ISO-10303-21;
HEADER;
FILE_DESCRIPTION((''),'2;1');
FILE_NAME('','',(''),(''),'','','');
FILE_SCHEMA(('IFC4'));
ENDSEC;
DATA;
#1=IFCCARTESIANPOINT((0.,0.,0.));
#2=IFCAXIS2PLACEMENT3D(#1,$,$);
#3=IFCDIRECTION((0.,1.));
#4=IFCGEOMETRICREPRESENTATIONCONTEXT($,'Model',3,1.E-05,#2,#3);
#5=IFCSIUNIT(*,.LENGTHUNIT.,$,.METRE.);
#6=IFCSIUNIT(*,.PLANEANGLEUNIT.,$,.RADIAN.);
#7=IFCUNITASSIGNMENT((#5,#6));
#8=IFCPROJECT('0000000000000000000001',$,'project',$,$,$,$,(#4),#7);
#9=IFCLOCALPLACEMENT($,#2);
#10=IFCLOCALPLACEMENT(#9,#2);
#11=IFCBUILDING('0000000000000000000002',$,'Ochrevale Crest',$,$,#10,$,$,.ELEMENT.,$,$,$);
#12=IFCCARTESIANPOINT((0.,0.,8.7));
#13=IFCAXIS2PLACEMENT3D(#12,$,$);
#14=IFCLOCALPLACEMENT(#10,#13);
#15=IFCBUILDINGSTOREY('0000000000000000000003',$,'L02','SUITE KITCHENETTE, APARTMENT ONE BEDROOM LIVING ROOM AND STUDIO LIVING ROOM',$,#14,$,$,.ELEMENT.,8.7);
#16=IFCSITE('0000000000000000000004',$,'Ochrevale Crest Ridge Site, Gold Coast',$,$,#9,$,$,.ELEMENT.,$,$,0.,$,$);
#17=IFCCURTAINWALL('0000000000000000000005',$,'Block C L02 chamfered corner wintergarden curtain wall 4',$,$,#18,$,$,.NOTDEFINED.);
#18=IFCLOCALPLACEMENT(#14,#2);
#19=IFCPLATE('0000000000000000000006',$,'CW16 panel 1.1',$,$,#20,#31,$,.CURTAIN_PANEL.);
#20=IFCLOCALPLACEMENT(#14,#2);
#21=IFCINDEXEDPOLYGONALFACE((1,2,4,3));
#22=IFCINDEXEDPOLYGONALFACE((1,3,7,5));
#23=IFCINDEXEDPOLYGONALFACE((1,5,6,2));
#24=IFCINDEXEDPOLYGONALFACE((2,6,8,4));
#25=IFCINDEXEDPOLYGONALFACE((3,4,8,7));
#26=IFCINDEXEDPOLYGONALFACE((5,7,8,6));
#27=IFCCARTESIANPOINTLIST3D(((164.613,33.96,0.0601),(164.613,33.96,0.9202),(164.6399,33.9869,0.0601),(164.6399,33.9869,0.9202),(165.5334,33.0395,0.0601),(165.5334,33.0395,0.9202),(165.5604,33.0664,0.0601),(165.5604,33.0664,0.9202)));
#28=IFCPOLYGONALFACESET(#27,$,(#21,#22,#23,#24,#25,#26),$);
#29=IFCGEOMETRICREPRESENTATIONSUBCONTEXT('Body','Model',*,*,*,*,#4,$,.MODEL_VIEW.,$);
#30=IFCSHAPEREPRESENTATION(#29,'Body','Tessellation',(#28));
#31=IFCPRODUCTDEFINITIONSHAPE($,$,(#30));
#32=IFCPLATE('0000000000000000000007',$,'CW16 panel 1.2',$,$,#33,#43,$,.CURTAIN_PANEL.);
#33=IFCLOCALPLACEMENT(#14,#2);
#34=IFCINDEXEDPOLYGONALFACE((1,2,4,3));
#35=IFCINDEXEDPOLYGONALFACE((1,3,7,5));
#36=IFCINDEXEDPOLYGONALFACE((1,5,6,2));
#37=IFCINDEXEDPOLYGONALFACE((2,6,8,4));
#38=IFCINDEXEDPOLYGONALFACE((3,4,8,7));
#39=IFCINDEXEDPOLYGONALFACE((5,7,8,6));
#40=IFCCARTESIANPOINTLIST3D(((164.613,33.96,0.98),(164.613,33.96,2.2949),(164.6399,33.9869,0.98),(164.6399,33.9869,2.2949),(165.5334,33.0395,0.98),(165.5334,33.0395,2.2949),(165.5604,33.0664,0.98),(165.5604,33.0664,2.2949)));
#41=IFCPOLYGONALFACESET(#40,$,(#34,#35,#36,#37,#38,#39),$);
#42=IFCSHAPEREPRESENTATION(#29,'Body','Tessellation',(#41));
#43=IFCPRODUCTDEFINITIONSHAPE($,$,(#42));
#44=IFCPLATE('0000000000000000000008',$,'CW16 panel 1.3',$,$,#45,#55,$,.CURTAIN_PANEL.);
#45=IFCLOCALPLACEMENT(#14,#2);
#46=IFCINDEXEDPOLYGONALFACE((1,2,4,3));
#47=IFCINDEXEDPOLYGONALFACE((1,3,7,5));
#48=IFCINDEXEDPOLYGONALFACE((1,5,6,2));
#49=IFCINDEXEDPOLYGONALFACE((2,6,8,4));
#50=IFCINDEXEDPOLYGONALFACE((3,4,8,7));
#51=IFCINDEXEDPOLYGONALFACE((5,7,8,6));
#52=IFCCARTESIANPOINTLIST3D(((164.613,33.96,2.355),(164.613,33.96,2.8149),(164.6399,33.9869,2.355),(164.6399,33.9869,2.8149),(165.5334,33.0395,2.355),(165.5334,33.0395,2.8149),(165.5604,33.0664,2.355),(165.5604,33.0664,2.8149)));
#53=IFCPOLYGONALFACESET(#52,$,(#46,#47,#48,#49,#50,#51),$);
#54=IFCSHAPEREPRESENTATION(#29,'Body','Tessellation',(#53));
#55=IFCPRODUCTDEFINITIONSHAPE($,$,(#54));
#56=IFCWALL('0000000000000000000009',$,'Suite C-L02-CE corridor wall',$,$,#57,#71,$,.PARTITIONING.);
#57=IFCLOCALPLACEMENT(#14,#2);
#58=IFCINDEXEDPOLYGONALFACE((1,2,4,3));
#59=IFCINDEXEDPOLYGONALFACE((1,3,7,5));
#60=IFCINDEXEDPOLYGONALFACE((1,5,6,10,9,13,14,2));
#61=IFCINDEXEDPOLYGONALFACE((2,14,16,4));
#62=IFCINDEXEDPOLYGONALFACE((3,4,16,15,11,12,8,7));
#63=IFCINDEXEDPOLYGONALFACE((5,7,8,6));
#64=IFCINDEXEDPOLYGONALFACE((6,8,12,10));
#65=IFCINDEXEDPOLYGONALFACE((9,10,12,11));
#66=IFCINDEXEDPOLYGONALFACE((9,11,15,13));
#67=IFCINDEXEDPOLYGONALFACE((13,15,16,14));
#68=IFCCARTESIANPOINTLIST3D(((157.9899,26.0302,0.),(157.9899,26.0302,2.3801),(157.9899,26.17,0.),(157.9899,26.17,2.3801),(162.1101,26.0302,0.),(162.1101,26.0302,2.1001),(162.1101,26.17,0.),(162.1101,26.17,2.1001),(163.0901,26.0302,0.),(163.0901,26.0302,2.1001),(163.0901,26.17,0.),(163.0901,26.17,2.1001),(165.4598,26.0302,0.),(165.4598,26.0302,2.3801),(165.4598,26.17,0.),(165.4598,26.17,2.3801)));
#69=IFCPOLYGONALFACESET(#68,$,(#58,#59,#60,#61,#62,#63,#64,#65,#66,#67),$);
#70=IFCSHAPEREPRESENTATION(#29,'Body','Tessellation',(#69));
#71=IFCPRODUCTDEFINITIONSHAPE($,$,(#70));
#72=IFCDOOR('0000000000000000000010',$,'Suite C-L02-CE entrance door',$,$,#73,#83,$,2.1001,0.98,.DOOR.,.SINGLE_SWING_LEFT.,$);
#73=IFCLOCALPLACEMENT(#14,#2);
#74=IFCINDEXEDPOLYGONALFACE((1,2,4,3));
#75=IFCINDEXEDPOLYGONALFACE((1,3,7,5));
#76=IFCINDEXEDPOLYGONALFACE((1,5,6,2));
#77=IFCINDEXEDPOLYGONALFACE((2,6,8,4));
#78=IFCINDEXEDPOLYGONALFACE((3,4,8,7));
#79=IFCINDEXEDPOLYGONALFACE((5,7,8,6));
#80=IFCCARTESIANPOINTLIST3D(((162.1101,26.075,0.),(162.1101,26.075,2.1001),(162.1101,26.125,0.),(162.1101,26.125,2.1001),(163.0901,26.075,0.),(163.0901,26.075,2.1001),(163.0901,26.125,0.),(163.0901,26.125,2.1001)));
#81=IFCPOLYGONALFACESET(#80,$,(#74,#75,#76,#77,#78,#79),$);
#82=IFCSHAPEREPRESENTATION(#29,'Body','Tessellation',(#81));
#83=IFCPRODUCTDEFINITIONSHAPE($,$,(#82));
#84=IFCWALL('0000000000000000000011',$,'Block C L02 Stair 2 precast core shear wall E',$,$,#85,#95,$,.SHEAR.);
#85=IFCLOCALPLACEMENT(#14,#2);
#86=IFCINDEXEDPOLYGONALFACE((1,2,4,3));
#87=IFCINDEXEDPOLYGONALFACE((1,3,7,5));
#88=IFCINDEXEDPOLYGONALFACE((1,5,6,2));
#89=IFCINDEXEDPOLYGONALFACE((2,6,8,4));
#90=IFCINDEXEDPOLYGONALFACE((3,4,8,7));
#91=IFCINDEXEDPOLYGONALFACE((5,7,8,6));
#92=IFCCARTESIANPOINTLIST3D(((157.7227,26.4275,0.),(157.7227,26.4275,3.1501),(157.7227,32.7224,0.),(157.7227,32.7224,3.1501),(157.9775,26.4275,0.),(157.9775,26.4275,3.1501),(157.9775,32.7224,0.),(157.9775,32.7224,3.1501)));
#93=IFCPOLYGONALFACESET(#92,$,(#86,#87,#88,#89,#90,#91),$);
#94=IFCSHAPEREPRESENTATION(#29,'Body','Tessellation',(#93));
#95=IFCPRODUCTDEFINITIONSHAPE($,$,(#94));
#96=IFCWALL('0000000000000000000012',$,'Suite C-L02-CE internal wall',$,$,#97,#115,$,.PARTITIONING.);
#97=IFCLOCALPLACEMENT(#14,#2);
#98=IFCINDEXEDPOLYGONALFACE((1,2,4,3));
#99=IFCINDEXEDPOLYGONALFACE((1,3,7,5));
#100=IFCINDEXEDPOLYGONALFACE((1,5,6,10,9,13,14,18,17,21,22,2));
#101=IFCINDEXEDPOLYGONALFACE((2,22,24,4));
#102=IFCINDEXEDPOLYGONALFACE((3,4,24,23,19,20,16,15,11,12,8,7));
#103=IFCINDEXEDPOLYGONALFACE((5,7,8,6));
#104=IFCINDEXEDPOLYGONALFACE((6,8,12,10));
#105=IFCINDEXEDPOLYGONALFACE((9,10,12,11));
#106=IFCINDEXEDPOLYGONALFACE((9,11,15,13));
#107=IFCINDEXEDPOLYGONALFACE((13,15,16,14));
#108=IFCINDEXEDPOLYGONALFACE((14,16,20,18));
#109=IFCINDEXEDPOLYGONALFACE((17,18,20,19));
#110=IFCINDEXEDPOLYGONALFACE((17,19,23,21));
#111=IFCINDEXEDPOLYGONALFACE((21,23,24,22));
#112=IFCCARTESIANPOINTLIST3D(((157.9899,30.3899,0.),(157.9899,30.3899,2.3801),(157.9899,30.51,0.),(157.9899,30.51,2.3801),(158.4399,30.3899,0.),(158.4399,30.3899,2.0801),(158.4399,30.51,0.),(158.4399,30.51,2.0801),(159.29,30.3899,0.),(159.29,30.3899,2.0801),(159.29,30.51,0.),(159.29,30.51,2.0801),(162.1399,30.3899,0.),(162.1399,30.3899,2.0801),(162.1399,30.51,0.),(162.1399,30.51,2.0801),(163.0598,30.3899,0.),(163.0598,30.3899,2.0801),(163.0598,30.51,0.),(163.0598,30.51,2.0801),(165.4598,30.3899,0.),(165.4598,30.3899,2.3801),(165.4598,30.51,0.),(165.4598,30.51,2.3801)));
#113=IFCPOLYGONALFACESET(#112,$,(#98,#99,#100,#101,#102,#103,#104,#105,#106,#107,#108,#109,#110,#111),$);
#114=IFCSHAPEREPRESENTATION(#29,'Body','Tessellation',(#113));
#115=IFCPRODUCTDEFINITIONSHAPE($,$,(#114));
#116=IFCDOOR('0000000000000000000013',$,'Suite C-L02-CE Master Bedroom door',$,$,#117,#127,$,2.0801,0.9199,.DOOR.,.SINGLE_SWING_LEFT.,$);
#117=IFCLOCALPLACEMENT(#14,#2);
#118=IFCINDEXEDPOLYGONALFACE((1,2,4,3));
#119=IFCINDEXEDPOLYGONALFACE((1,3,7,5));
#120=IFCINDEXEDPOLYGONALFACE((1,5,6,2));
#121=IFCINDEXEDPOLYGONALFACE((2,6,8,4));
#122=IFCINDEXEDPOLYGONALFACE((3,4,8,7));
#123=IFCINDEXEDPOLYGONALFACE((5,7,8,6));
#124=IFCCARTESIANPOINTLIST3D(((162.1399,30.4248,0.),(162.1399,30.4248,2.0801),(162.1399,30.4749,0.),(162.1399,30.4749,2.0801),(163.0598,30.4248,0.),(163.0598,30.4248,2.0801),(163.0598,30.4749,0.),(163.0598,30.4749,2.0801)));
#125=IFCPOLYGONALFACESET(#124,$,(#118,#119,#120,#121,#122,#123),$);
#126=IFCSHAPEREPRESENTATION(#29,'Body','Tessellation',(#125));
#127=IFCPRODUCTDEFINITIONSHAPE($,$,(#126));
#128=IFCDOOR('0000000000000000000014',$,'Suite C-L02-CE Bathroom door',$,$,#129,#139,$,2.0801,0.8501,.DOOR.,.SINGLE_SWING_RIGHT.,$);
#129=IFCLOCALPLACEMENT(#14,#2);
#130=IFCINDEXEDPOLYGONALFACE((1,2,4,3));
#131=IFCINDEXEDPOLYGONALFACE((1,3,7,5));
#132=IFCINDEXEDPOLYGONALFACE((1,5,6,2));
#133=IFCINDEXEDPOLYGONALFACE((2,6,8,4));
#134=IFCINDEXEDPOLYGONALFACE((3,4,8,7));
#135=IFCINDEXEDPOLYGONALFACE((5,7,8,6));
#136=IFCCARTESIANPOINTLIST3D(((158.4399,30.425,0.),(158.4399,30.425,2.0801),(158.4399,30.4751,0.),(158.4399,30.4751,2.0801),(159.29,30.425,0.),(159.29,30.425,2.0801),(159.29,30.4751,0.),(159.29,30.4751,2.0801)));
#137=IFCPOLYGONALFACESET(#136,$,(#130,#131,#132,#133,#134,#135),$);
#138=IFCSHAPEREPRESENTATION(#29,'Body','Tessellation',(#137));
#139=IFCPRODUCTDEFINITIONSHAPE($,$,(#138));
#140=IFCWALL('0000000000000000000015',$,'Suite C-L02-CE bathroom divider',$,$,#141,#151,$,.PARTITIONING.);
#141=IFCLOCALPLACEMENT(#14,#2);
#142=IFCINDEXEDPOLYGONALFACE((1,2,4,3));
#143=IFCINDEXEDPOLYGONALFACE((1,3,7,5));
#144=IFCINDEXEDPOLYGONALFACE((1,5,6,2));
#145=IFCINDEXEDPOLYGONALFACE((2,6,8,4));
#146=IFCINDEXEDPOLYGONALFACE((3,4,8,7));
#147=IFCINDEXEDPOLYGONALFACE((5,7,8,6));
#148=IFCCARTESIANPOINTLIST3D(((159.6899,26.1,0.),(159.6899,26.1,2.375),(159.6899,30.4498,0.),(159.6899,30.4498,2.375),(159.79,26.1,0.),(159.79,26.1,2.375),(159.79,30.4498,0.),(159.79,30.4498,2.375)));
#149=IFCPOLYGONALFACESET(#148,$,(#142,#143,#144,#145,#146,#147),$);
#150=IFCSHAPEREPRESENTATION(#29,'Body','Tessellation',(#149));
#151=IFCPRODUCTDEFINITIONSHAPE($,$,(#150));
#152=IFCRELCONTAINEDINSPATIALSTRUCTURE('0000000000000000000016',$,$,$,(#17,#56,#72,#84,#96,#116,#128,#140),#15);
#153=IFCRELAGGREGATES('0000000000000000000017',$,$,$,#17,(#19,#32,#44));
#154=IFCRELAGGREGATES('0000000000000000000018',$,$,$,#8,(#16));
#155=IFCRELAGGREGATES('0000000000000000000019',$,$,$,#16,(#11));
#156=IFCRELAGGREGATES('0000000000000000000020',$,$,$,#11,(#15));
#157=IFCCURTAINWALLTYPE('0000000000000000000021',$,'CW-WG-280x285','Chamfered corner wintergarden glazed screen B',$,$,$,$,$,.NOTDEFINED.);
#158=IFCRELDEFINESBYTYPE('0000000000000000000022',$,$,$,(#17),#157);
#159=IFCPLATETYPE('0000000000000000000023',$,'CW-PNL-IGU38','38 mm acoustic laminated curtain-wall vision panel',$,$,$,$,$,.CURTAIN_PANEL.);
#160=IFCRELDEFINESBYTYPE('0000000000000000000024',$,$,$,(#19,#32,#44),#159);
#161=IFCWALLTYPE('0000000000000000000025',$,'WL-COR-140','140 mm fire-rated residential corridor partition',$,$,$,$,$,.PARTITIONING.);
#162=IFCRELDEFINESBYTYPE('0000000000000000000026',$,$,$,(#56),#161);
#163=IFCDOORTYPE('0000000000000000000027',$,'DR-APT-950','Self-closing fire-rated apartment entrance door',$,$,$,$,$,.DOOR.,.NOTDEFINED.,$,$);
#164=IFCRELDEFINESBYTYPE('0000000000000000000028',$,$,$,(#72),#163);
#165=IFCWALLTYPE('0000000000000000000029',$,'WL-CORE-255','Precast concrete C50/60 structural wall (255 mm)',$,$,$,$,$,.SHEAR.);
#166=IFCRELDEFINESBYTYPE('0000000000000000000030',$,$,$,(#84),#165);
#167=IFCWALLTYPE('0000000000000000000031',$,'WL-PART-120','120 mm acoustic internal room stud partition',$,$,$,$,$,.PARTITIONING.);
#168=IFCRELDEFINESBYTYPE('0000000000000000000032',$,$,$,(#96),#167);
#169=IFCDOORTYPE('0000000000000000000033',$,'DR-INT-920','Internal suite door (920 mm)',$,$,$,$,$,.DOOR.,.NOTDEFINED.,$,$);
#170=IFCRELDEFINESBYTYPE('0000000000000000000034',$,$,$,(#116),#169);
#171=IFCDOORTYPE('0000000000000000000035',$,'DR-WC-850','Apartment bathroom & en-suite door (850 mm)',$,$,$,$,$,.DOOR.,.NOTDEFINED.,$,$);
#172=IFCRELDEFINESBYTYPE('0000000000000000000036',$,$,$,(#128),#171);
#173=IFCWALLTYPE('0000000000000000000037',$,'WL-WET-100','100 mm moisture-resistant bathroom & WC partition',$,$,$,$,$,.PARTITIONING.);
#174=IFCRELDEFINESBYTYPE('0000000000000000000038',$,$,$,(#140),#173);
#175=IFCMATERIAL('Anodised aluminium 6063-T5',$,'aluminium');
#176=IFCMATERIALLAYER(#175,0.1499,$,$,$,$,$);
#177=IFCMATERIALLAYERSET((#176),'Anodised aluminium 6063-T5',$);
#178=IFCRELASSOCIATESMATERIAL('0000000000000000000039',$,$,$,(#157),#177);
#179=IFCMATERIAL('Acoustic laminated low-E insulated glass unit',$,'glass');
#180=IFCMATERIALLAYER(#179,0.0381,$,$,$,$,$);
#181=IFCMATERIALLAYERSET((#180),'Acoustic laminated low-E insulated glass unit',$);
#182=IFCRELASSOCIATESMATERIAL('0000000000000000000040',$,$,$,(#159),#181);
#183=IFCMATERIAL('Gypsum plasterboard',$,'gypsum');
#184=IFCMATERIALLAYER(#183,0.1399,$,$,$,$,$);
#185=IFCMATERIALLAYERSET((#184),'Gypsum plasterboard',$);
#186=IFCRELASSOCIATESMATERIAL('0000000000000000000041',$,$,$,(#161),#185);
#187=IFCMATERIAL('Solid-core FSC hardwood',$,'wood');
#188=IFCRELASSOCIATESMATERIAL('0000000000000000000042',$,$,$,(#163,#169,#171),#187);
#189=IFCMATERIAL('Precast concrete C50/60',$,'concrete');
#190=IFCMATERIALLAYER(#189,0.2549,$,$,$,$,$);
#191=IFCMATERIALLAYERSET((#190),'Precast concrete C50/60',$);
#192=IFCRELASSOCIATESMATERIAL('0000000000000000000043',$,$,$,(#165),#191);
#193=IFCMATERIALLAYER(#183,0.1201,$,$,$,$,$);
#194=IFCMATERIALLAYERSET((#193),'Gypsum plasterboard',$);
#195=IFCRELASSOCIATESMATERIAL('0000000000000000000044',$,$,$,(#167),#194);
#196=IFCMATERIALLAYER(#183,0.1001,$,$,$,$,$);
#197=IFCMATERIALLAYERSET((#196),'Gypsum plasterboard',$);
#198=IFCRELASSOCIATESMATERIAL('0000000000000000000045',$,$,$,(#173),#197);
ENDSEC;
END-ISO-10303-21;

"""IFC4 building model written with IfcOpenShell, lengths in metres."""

from ifc_helpers import new_model, si_unit, direction, frame, frame_2d, origin, origin_2d, place, context, subcontext, project, spatial, rectangle, extrude, material, layer, layer_set, type_object, element, fill, aggregate, save


model = new_model("IFC4")

# Units and contexts
model_context = context("Model", 3, precision=1e-05, world=origin(), true_north=direction((0.0, 1.0)))
body_context = subcontext(model_context, "Body", "Model", "MODEL_VIEW")
ifc_project = project(units=[si_unit("LENGTHUNIT", "METRE"), si_unit("PLANEANGLEUNIT", "RADIAN")], contexts=[model_context])

# Site, building, storey
site_placement = place(None, origin())
site = spatial("IfcSite", under=ifc_project, at=site_placement, Name="Ochrevale Crest Ridge Site, Gold Coast", CompositionType="ELEMENT", RefElevation=0.0)
building_placement = place(site_placement, origin())
building = spatial("IfcBuilding", under=site, at=building_placement, Name="Ochrevale Crest", CompositionType="ELEMENT")
storey_placement = place(building_placement, frame((0.0, 0.0, 8.7)))
storey = spatial("IfcBuildingStorey", under=building, at=storey_placement, Name="L02", Description="SUITE KITCHENETTE, APARTMENT ONE BEDROOM LIVING ROOM AND STUDIO LIVING ROOM", CompositionType="ELEMENT", Elevation=8.7)

# Shared definitions
ifc_material_1 = material(Name="Precast concrete C50/60", Category="concrete")

# Curtain wall, plates
ifc_material_2 = material(Name="Anodised aluminium 6063-T5", Category="aluminium")
ifc_layer_1 = layer(ifc_material_2, 0.1499)
ifc_layer_set_1 = layer_set([ifc_layer_1], Name="Anodised aluminium 6063-T5")
curtain_wall_type = type_object("IfcCurtainWallType", Name="CW-WG-280x285", Description="Chamfered corner wintergarden glazed screen B", PredefinedType="NOTDEFINED", material=ifc_layer_set_1)
curtain_wall_placement = place(storey_placement, origin())
curtain_wall = element("IfcCurtainWall", 1, at=curtain_wall_placement, inside=storey, type_object=curtain_wall_type, Name="Block C L02 chamfered corner wintergarden curtain wall 4", PredefinedType="NOTDEFINED")
ifc_material_3 = material(Name="Acoustic laminated low-E insulated glass unit", Category="glass")
ifc_layer_2 = layer(ifc_material_3, 0.0381)
ifc_layer_set_2 = layer_set([ifc_layer_2], Name="Acoustic laminated low-E insulated glass unit")
plate_type = type_object("IfcPlateType", Name="CW-PNL-IGU38", Description="38 mm acoustic laminated curtain-wall vision panel", PredefinedType="CURTAIN_PANEL", material=ifc_layer_set_2)
plate_1_placement = place(storey_placement, frame((165.0867, 33.5132, 0.0601), z_axis=(0.0, 0.0, 1.0), x_axis=(-0.707107, 0.707107, 0.0)))
plate_1 = element("IfcPlate", 2, at=plate_1_placement, type_object=plate_type, Name="CW16 panel 1.1", PredefinedType="CURTAIN_PANEL", context=body_context, shape_type="SweptSolid", body=[
    extrude(rectangle(XDim=1.3018, YDim=0.0381, at=origin_2d()), origin(), (0.0, 0.0, 1.0), 0.8601),
])
plate_2_placement = place(storey_placement, frame((165.0867, 33.5132, 0.98), z_axis=(0.0, 0.0, 1.0), x_axis=(-0.707107, 0.707107, 0.0)))
plate_2 = element("IfcPlate", 3, at=plate_2_placement, type_object=plate_type, Name="CW16 panel 1.2", PredefinedType="CURTAIN_PANEL", context=body_context, shape_type="SweptSolid", body=[
    extrude(rectangle(XDim=1.3018, YDim=0.0381, at=origin_2d()), origin(), (0.0, 0.0, 1.0), 1.3149),
])
plate_3_placement = place(storey_placement, frame((165.0867, 33.5132, 2.355), z_axis=(0.0, 0.0, 1.0), x_axis=(-0.707107, 0.707107, 0.0)))
plate_3 = element("IfcPlate", 4, at=plate_3_placement, type_object=plate_type, Name="CW16 panel 1.3", PredefinedType="CURTAIN_PANEL", context=body_context, shape_type="SweptSolid", body=[
    extrude(rectangle(XDim=1.3018, YDim=0.0381, at=origin_2d()), origin(), (0.0, 0.0, 1.0), 0.46),
])
aggregate(curtain_wall, [plate_1, plate_2, plate_3])

# Wall, opening, door
ifc_material_4 = material(Name="Gypsum plasterboard", Category="gypsum")
ifc_layer_3 = layer(ifc_material_4, 0.1399)
ifc_layer_set_3 = layer_set([ifc_layer_3], Name="Gypsum plasterboard")
wall_type_1 = type_object("IfcWallType", Name="WL-COR-140", Description="140 mm fire-rated residential corridor partition", PredefinedType="PARTITIONING", material=ifc_layer_set_3)
wall_1_placement = place(storey_placement, frame((157.99, 26.1001, 0.0), z_axis=(0.0, 0.0, 1.0), x_axis=(1.0, 0.0, 0.0)))
wall_1 = element("IfcWall", 5, at=wall_1_placement, inside=storey, type_object=wall_type_1, Name="Suite C-L02-CE corridor wall", PredefinedType="PARTITIONING", context=body_context, shape_type="SweptSolid", body=[
    extrude(rectangle(XDim=7.47, YDim=0.1399, at=frame_2d((3.7349, 0.0))), origin(), (0.0, 0.0, 1.0), 2.3801),
])
opening_1_placement = place(wall_1_placement, frame((4.1201, 0.0, 0.0)))
opening_1 = element("IfcOpeningElement", 6, at=opening_1_placement, cuts=wall_1, PredefinedType="OPENING", context=body_context, shape_type="SweptSolid", body=[
    extrude(rectangle(XDim=0.98, YDim=2.1001, at=frame_2d((0.49, 1.05))), frame((0.0, 0.0801, 0.0), z_axis=(0.0, -1.0, 0.0), x_axis=(1.0, 0.0, 0.0)), (0.0, 0.0, 1.0), 0.1599),
])
ifc_material_5 = material(Name="Solid-core FSC hardwood", Category="wood")
door_type_1 = type_object("IfcDoorType", Name="DR-APT-950", Description="Self-closing fire-rated apartment entrance door", OperationType="NOTDEFINED", PredefinedType="DOOR", material=ifc_material_5)
door_1_placement = place(opening_1_placement, origin())
door_1 = element("IfcDoor", 7, at=door_1_placement, inside=storey, type_object=door_type_1, Name="Suite C-L02-CE entrance door", OperationType="SINGLE_SWING_LEFT", OverallHeight=2.1001, OverallWidth=0.98, PredefinedType="DOOR", context=body_context, shape_type="SweptSolid", body=[
    extrude(rectangle(XDim=0.98, YDim=2.1001, at=frame_2d((0.49, 1.05))), frame((0.0, 0.0249, 0.0), z_axis=(0.0, -1.0, 0.0), x_axis=(1.0, 0.0, 0.0)), (0.0, 0.0, 1.0), 0.05),
])
fill(opening_1, door_1)

# Wall
ifc_layer_4 = layer(ifc_material_1, 0.2549)
ifc_layer_set_4 = layer_set([ifc_layer_4], Name="Precast concrete C50/60")
wall_type_2 = type_object("IfcWallType", Name="WL-CORE-255", Description="Precast concrete C50/60 structural wall (255 mm)", PredefinedType="SHEAR", material=ifc_layer_set_4)
wall_2_placement = place(storey_placement, frame((157.8501, 26.4275, 0.0), z_axis=(0.0, 0.0, 1.0), x_axis=(0.0, 1.0, 0.0)))
element("IfcWall", 8, at=wall_2_placement, inside=storey, type_object=wall_type_2, Name="Block C L02 Stair 2 precast core shear wall E", PredefinedType="SHEAR", context=body_context, shape_type="SweptSolid", body=[
    extrude(rectangle(XDim=6.2949, YDim=0.2549, at=frame_2d((3.1475, 0.0))), origin(), (0.0, 0.0, 1.0), 3.1501),
])

# Wall, openings, doors
ifc_layer_5 = layer(ifc_material_4, 0.1201)
ifc_layer_set_5 = layer_set([ifc_layer_5], Name="Gypsum plasterboard")
wall_type_3 = type_object("IfcWallType", Name="WL-PART-120", Description="120 mm acoustic internal room stud partition", PredefinedType="PARTITIONING", material=ifc_layer_set_5)
wall_3_placement = place(storey_placement, frame((157.99, 30.45, 0.0), z_axis=(0.0, 0.0, 1.0), x_axis=(1.0, 0.0, 0.0)))
wall_3 = element("IfcWall", 9, at=wall_3_placement, inside=storey, type_object=wall_type_3, Name="Suite C-L02-CE internal wall", PredefinedType="PARTITIONING", context=body_context, shape_type="SweptSolid", body=[
    extrude(rectangle(XDim=7.47, YDim=0.1201, at=frame_2d((3.7349, 0.0))), origin(), (0.0, 0.0, 1.0), 2.3801),
])
opening_2_placement = place(wall_3_placement, frame((1.3, 0.0, 0.0), z_axis=(0.0, 0.0, 1.0), x_axis=(-1.0, 0.0, 0.0)))
opening_2 = element("IfcOpeningElement", 10, at=opening_2_placement, cuts=wall_3, PredefinedType="OPENING", context=body_context, shape_type="SweptSolid", body=[
    extrude(rectangle(XDim=0.8501, YDim=2.0801, at=frame_2d((0.425, 1.04))), frame((0.0, 0.0701, 0.0), z_axis=(0.0, -1.0, 0.0), x_axis=(1.0, 0.0, 0.0)), (0.0, 0.0, 1.0), 0.1401),
])
opening_3_placement = place(wall_3_placement, frame((4.1499, 0.0, 0.0)))
opening_3 = element("IfcOpeningElement", 11, at=opening_3_placement, cuts=wall_3, PredefinedType="OPENING", context=body_context, shape_type="SweptSolid", body=[
    extrude(rectangle(XDim=0.9199, YDim=2.0801, at=frame_2d((0.46, 1.04))), frame((0.0, 0.0701, 0.0), z_axis=(0.0, -1.0, 0.0), x_axis=(1.0, 0.0, 0.0)), (0.0, 0.0, 1.0), 0.1401),
])
door_type_2 = type_object("IfcDoorType", Name="DR-INT-920", Description="Internal suite door (920 mm)", OperationType="NOTDEFINED", PredefinedType="DOOR", material=ifc_material_5)
door_2_placement = place(opening_3_placement, origin())
door_2 = element("IfcDoor", 12, at=door_2_placement, inside=storey, type_object=door_type_2, Name="Suite C-L02-CE Master Bedroom door", OperationType="SINGLE_SWING_LEFT", OverallHeight=2.0801, OverallWidth=0.9199, PredefinedType="DOOR", context=body_context, shape_type="SweptSolid", body=[
    extrude(rectangle(XDim=0.9199, YDim=2.0801, at=frame_2d((0.46, 1.04))), frame((0.0, 0.0249, 0.0), z_axis=(0.0, -1.0, 0.0), x_axis=(1.0, 0.0, 0.0)), (0.0, 0.0, 1.0), 0.05),
])
fill(opening_3, door_2)
door_type_3 = type_object("IfcDoorType", Name="DR-WC-850", Description="Apartment bathroom & en-suite door (850 mm)", OperationType="NOTDEFINED", PredefinedType="DOOR", material=ifc_material_5)
door_3_placement = place(opening_2_placement, origin())
door_3 = element("IfcDoor", 13, at=door_3_placement, inside=storey, type_object=door_type_3, Name="Suite C-L02-CE Bathroom door", OperationType="SINGLE_SWING_RIGHT", OverallHeight=2.0801, OverallWidth=0.8501, PredefinedType="DOOR", context=body_context, shape_type="SweptSolid", body=[
    extrude(rectangle(XDim=0.8501, YDim=2.0801, at=frame_2d((0.425, 1.04))), frame((0.0, 0.0249, 0.0), z_axis=(0.0, -1.0, 0.0), x_axis=(1.0, 0.0, 0.0)), (0.0, 0.0, 1.0), 0.05),
])
fill(opening_2, door_3)

# Wall
ifc_layer_6 = layer(ifc_material_4, 0.1001)
ifc_layer_set_6 = layer_set([ifc_layer_6], Name="Gypsum plasterboard")
wall_type_4 = type_object("IfcWallType", Name="WL-WET-100", Description="100 mm moisture-resistant bathroom & WC partition", PredefinedType="PARTITIONING", material=ifc_layer_set_6)
wall_4_placement = place(storey_placement, frame((159.74, 26.1001, 0.0), z_axis=(0.0, 0.0, 1.0), x_axis=(0.0, 1.0, 0.0)))
element("IfcWall", 14, at=wall_4_placement, inside=storey, type_object=wall_type_4, Name="Suite C-L02-CE bathroom divider", PredefinedType="PARTITIONING", context=body_context, shape_type="SweptSolid", body=[
    extrude(rectangle(XDim=4.3499, YDim=0.1001, at=frame_2d((2.1748, 0.0))), origin(), (0.0, 0.0, 1.0), 2.375),
])

save(model, "model.ifc")
